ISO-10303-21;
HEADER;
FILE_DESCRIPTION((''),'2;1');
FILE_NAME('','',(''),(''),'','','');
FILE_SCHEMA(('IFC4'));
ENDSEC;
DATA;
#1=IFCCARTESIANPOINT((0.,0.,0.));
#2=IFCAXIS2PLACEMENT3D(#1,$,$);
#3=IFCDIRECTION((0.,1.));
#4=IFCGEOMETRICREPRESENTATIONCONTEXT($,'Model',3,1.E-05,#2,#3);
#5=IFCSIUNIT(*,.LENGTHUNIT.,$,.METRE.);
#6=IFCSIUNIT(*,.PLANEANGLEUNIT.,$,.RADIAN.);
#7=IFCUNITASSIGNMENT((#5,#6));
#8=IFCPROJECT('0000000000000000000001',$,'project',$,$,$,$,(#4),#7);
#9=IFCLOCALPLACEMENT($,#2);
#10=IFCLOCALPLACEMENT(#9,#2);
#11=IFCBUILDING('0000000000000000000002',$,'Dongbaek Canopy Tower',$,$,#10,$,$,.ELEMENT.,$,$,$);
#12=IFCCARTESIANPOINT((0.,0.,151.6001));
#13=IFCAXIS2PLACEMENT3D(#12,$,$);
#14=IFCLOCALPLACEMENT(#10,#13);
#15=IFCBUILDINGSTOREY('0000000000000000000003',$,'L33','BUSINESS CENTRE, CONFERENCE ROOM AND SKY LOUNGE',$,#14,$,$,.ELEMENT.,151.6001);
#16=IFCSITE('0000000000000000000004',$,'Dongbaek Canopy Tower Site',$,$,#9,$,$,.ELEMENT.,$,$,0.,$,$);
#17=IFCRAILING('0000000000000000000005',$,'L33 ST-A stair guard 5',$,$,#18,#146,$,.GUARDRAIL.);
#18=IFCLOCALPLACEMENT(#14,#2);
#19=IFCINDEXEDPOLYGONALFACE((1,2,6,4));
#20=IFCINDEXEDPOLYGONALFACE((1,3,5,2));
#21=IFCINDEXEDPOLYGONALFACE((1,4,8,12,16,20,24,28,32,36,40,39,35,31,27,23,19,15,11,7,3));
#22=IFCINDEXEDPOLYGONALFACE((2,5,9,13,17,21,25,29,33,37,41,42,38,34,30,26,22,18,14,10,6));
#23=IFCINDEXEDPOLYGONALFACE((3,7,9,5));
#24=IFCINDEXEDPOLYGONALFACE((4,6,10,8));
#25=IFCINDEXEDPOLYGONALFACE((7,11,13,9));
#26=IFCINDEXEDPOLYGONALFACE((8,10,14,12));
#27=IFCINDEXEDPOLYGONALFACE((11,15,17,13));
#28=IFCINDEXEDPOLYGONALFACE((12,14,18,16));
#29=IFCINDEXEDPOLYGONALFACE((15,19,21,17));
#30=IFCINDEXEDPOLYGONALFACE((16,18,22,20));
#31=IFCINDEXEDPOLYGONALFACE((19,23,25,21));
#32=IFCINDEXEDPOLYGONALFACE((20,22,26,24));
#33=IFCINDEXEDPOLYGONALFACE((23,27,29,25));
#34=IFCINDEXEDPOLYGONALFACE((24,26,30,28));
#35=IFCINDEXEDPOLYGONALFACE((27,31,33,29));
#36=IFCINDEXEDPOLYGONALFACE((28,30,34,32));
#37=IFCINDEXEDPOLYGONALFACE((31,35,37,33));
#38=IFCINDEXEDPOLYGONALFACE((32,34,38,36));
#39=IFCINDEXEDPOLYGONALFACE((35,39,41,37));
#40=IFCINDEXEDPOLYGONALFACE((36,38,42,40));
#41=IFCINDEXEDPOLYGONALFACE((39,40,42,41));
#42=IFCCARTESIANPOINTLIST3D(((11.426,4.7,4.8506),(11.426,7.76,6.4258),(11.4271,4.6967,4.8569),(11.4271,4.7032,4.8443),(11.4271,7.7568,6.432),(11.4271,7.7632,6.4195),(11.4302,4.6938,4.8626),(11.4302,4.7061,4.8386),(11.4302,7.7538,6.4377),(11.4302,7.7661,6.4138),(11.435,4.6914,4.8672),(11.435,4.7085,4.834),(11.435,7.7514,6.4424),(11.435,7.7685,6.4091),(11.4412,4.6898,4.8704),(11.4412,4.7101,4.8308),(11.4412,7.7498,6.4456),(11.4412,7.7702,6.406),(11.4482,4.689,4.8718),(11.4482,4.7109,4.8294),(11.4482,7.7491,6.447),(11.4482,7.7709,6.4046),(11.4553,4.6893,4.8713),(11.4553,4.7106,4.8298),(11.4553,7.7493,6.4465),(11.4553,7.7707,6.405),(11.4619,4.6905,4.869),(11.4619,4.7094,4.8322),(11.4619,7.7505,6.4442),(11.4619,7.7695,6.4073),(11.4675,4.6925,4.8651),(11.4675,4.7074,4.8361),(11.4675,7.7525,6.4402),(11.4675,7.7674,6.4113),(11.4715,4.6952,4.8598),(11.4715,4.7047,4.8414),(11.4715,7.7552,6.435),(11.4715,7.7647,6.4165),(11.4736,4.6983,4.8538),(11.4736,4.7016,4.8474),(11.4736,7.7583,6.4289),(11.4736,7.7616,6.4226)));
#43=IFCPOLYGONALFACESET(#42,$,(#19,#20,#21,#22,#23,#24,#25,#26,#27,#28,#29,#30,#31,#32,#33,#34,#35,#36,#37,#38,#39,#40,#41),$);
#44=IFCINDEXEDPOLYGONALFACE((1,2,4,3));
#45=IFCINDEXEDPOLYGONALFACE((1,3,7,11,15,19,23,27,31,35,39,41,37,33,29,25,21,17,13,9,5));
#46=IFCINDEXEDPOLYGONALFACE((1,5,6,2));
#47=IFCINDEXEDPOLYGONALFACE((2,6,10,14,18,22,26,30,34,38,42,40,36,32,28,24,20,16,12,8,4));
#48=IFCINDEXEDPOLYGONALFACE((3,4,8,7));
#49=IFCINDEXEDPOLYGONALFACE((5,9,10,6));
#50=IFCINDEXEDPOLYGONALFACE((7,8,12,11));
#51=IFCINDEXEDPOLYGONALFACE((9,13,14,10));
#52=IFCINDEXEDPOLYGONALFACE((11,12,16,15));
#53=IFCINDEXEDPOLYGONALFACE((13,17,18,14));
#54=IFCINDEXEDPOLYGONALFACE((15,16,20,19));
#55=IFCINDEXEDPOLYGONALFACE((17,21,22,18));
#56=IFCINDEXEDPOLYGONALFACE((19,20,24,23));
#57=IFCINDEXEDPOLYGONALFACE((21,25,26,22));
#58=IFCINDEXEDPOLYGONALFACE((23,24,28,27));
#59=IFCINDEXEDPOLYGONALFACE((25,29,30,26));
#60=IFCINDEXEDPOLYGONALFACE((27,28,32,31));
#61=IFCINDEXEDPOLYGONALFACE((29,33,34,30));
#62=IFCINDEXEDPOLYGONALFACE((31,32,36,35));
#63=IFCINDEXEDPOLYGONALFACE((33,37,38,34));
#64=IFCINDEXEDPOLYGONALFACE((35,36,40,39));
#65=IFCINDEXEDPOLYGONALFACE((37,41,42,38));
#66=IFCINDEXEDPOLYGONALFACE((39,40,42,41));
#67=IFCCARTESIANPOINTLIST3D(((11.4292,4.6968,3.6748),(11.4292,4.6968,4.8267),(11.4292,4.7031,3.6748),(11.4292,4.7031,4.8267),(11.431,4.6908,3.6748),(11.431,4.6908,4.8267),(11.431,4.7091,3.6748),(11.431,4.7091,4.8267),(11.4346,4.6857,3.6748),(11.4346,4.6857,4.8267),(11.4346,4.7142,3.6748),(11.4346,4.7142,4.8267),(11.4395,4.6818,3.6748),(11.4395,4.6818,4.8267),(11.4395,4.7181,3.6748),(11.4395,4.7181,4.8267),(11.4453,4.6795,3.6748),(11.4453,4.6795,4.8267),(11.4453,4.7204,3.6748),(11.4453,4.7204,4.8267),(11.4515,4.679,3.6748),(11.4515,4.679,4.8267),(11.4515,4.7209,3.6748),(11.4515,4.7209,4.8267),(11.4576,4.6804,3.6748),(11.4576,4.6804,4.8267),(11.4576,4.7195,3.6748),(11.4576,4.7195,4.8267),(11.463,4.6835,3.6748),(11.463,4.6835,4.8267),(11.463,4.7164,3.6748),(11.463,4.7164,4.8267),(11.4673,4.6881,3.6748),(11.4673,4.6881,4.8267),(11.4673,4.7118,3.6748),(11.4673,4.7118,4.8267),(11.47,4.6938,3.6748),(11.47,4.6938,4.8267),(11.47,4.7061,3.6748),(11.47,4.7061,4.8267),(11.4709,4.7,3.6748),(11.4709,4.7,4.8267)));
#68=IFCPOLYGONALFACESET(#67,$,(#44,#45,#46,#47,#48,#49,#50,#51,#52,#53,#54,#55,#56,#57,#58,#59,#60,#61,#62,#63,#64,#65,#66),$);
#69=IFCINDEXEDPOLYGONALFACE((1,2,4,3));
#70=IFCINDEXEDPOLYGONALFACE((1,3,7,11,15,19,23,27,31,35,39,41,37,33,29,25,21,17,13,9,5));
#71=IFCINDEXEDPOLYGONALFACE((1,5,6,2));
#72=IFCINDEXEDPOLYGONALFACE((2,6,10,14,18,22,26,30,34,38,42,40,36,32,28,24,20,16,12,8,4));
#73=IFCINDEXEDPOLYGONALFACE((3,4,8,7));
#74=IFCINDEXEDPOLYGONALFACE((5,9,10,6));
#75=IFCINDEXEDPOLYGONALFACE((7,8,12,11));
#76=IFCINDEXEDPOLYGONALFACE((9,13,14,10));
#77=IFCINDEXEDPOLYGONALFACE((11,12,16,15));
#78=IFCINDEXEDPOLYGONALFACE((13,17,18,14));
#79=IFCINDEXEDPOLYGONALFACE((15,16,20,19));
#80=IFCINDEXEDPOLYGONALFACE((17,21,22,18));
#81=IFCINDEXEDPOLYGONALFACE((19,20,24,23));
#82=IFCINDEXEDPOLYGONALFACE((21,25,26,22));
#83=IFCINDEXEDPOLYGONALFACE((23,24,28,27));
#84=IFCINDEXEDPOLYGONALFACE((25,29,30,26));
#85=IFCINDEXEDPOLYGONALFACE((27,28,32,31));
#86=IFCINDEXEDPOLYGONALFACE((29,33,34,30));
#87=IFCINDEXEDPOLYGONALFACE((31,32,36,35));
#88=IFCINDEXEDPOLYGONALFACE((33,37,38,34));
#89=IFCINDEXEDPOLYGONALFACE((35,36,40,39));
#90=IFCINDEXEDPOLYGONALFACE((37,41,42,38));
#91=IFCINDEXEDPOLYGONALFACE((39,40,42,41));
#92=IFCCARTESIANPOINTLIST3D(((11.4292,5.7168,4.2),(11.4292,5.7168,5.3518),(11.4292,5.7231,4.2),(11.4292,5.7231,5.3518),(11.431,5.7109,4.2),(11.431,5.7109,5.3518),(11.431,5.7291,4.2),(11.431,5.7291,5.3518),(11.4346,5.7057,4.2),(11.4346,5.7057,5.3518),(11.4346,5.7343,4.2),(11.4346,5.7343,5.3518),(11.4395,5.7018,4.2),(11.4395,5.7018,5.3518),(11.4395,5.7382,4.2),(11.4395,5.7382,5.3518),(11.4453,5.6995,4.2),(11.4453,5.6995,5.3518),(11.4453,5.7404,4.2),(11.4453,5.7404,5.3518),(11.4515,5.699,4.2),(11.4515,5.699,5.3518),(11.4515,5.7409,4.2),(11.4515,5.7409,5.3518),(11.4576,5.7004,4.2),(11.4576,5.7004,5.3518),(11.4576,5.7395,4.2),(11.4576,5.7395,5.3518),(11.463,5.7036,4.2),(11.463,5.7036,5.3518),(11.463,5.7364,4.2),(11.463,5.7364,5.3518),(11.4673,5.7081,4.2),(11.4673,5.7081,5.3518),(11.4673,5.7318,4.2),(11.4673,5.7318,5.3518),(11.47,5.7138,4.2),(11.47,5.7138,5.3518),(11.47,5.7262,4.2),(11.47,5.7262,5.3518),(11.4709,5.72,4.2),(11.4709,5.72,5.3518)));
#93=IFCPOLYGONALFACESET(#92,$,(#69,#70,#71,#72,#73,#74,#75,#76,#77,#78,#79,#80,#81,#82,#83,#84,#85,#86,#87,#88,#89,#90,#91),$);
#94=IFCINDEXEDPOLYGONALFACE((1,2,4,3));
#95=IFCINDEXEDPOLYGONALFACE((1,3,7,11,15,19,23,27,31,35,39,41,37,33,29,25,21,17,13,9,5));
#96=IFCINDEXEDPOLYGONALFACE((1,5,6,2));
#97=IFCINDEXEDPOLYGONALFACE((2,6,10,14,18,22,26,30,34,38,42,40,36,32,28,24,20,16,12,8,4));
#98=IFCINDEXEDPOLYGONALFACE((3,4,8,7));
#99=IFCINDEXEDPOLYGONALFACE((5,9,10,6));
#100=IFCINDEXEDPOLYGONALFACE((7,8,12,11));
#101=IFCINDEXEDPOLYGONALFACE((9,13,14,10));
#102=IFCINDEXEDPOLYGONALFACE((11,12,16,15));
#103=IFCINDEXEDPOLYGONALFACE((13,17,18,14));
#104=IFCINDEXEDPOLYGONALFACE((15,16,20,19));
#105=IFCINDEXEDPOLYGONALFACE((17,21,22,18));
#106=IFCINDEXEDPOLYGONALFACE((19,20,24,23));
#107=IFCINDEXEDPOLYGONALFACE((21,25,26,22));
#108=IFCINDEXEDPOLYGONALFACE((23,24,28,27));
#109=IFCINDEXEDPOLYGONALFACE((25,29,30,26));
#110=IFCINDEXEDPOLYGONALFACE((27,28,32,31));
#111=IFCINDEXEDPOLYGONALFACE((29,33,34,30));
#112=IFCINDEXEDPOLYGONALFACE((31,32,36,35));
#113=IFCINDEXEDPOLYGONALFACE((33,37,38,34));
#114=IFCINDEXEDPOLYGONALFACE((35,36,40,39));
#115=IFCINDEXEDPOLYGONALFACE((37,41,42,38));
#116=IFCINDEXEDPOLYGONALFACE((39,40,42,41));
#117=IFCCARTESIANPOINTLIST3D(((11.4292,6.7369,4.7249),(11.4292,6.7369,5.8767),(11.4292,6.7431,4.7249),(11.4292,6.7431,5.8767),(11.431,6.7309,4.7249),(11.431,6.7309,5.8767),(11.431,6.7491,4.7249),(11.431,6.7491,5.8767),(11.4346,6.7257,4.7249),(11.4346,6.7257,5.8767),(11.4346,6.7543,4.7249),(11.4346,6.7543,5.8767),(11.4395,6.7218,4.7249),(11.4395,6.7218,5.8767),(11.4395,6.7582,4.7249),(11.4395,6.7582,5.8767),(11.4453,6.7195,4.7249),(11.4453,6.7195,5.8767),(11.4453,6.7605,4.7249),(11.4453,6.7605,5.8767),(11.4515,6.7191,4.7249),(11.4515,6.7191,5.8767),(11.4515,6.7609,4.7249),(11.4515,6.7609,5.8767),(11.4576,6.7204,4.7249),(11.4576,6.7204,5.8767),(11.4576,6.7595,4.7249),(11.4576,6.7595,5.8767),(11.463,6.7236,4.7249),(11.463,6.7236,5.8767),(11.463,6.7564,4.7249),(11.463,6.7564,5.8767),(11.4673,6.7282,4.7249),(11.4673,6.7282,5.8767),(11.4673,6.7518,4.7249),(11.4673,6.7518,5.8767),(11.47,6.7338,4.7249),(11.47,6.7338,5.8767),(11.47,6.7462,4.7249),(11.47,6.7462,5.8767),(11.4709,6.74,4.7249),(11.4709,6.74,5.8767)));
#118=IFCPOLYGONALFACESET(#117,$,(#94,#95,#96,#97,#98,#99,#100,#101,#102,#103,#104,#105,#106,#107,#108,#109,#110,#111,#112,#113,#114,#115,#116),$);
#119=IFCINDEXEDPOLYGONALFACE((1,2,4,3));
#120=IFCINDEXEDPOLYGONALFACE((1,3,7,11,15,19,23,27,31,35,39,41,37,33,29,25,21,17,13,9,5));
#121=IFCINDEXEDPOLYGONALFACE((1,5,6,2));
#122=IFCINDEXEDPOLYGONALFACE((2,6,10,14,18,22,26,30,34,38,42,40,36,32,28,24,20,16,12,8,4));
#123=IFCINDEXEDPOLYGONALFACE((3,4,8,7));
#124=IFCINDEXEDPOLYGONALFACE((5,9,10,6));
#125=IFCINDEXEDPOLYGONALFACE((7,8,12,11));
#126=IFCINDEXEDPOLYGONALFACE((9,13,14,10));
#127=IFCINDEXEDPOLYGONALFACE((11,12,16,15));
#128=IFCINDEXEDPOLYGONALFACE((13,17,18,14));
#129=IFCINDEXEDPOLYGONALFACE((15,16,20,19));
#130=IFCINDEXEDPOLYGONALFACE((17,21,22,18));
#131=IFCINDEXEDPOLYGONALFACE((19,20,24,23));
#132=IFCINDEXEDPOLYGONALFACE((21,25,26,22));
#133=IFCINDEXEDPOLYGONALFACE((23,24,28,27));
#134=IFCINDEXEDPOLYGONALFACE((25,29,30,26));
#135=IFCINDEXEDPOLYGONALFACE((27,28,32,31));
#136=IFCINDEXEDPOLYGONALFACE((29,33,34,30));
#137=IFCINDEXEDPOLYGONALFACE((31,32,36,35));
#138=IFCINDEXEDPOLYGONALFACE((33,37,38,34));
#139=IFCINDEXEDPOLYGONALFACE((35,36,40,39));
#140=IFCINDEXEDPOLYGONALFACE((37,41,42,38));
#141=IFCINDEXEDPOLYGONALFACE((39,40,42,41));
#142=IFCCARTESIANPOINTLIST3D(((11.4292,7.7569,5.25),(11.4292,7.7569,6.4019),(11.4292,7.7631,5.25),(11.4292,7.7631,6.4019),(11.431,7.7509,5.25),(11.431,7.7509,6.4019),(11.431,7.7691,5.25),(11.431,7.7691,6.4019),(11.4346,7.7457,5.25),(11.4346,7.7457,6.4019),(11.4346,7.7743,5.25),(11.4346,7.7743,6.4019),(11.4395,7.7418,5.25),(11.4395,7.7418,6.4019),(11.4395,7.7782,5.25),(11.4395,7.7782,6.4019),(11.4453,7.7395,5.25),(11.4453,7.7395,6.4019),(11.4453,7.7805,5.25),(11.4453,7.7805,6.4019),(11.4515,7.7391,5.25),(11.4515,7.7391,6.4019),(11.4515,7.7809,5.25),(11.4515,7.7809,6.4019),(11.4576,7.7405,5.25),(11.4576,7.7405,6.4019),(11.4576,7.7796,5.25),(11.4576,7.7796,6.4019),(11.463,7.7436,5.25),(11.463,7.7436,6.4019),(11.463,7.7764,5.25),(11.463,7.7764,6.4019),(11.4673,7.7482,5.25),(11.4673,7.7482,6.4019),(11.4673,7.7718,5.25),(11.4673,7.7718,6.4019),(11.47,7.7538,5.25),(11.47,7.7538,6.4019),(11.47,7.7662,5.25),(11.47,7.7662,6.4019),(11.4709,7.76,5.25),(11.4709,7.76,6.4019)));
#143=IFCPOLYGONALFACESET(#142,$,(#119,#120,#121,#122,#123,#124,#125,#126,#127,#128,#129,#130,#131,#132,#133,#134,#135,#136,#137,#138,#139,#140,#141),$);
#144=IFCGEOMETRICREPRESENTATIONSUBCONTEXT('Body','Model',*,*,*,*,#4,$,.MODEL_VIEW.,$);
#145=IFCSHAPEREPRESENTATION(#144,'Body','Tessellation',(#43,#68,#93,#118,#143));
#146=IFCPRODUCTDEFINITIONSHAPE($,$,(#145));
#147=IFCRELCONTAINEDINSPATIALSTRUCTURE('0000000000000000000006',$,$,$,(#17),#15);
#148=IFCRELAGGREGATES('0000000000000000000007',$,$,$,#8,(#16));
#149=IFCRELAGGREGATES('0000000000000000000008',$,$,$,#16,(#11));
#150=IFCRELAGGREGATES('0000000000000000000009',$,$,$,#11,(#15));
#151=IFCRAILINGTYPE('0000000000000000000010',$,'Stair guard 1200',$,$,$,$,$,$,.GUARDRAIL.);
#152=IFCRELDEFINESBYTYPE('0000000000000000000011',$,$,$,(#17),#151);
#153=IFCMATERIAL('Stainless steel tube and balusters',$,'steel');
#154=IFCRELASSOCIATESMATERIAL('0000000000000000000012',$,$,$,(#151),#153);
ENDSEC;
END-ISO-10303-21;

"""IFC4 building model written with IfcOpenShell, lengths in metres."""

from ifc_helpers import new_model, si_unit, direction, frame, origin, origin_2d, place, context, subcontext, project, spatial, circle, extrude, material, type_object, element, save


model = new_model("IFC4")

# Units and contexts
model_context = context("Model", 3, precision=1e-05, world=origin(), true_north=direction((0.0, 1.0)))
body_context = subcontext(model_context, "Body", "Model", "MODEL_VIEW")
ifc_project = project(units=[si_unit("LENGTHUNIT", "METRE"), si_unit("PLANEANGLEUNIT", "RADIAN")], contexts=[model_context])

# Site, building, storey
site_placement = place(None, origin())
site = spatial("IfcSite", under=ifc_project, at=site_placement, Name="Dongbaek Canopy Tower Site", CompositionType="ELEMENT", RefElevation=0.0)
building_placement = place(site_placement, origin())
building = spatial("IfcBuilding", under=site, at=building_placement, Name="Dongbaek Canopy Tower", CompositionType="ELEMENT")
storey_placement = place(building_placement, frame((0.0, 0.0, 151.6001)))
storey = spatial("IfcBuildingStorey", under=building, at=storey_placement, Name="L33", Description="BUSINESS CENTRE, CONFERENCE ROOM AND SKY LOUNGE", CompositionType="ELEMENT", Elevation=151.6001)

# Railing
ifc_material_1 = material(Name="Stainless steel tube and balusters", Category="steel")
railing_type_1 = type_object("IfcRailingType", Name="Stair guard 1200", PredefinedType="GUARDRAIL", material=ifc_material_1)
railing_1_placement = place(storey_placement, frame((11.45, 4.7, 3.6748)))
element("IfcRailing", 1, at=railing_1_placement, inside=storey, type_object=railing_type_1, Name="L33 ST-A stair guard 5", PredefinedType="GUARDRAIL", context=body_context, shape_type="SweptSolid", body=[
    extrude(circle(Radius=0.0239, at=origin_2d()), frame((0.0, 0.0, 1.1758), z_axis=(0.0, 0.889116, 0.457681), x_axis=(-1.0, 0.0, 0.0)), (0.0, 0.0, 1.0), 3.4417),
    extrude(circle(Radius=0.021, at=origin_2d()), origin(), (0.0, 0.0, 1.0), 1.1519),
    extrude(circle(Radius=0.021, at=origin_2d()), frame((0.0, 1.02, 0.5251)), (0.0, 0.0, 1.0), 1.1519),
    extrude(circle(Radius=0.021, at=origin_2d()), frame((0.0, 2.04, 1.05)), (0.0, 0.0, 1.0), 1.1519),
    extrude(circle(Radius=0.021, at=origin_2d()), frame((0.0, 3.0601, 1.5752)), (0.0, 0.0, 1.0), 1.1519),
])

save(model, "model.ifc")
